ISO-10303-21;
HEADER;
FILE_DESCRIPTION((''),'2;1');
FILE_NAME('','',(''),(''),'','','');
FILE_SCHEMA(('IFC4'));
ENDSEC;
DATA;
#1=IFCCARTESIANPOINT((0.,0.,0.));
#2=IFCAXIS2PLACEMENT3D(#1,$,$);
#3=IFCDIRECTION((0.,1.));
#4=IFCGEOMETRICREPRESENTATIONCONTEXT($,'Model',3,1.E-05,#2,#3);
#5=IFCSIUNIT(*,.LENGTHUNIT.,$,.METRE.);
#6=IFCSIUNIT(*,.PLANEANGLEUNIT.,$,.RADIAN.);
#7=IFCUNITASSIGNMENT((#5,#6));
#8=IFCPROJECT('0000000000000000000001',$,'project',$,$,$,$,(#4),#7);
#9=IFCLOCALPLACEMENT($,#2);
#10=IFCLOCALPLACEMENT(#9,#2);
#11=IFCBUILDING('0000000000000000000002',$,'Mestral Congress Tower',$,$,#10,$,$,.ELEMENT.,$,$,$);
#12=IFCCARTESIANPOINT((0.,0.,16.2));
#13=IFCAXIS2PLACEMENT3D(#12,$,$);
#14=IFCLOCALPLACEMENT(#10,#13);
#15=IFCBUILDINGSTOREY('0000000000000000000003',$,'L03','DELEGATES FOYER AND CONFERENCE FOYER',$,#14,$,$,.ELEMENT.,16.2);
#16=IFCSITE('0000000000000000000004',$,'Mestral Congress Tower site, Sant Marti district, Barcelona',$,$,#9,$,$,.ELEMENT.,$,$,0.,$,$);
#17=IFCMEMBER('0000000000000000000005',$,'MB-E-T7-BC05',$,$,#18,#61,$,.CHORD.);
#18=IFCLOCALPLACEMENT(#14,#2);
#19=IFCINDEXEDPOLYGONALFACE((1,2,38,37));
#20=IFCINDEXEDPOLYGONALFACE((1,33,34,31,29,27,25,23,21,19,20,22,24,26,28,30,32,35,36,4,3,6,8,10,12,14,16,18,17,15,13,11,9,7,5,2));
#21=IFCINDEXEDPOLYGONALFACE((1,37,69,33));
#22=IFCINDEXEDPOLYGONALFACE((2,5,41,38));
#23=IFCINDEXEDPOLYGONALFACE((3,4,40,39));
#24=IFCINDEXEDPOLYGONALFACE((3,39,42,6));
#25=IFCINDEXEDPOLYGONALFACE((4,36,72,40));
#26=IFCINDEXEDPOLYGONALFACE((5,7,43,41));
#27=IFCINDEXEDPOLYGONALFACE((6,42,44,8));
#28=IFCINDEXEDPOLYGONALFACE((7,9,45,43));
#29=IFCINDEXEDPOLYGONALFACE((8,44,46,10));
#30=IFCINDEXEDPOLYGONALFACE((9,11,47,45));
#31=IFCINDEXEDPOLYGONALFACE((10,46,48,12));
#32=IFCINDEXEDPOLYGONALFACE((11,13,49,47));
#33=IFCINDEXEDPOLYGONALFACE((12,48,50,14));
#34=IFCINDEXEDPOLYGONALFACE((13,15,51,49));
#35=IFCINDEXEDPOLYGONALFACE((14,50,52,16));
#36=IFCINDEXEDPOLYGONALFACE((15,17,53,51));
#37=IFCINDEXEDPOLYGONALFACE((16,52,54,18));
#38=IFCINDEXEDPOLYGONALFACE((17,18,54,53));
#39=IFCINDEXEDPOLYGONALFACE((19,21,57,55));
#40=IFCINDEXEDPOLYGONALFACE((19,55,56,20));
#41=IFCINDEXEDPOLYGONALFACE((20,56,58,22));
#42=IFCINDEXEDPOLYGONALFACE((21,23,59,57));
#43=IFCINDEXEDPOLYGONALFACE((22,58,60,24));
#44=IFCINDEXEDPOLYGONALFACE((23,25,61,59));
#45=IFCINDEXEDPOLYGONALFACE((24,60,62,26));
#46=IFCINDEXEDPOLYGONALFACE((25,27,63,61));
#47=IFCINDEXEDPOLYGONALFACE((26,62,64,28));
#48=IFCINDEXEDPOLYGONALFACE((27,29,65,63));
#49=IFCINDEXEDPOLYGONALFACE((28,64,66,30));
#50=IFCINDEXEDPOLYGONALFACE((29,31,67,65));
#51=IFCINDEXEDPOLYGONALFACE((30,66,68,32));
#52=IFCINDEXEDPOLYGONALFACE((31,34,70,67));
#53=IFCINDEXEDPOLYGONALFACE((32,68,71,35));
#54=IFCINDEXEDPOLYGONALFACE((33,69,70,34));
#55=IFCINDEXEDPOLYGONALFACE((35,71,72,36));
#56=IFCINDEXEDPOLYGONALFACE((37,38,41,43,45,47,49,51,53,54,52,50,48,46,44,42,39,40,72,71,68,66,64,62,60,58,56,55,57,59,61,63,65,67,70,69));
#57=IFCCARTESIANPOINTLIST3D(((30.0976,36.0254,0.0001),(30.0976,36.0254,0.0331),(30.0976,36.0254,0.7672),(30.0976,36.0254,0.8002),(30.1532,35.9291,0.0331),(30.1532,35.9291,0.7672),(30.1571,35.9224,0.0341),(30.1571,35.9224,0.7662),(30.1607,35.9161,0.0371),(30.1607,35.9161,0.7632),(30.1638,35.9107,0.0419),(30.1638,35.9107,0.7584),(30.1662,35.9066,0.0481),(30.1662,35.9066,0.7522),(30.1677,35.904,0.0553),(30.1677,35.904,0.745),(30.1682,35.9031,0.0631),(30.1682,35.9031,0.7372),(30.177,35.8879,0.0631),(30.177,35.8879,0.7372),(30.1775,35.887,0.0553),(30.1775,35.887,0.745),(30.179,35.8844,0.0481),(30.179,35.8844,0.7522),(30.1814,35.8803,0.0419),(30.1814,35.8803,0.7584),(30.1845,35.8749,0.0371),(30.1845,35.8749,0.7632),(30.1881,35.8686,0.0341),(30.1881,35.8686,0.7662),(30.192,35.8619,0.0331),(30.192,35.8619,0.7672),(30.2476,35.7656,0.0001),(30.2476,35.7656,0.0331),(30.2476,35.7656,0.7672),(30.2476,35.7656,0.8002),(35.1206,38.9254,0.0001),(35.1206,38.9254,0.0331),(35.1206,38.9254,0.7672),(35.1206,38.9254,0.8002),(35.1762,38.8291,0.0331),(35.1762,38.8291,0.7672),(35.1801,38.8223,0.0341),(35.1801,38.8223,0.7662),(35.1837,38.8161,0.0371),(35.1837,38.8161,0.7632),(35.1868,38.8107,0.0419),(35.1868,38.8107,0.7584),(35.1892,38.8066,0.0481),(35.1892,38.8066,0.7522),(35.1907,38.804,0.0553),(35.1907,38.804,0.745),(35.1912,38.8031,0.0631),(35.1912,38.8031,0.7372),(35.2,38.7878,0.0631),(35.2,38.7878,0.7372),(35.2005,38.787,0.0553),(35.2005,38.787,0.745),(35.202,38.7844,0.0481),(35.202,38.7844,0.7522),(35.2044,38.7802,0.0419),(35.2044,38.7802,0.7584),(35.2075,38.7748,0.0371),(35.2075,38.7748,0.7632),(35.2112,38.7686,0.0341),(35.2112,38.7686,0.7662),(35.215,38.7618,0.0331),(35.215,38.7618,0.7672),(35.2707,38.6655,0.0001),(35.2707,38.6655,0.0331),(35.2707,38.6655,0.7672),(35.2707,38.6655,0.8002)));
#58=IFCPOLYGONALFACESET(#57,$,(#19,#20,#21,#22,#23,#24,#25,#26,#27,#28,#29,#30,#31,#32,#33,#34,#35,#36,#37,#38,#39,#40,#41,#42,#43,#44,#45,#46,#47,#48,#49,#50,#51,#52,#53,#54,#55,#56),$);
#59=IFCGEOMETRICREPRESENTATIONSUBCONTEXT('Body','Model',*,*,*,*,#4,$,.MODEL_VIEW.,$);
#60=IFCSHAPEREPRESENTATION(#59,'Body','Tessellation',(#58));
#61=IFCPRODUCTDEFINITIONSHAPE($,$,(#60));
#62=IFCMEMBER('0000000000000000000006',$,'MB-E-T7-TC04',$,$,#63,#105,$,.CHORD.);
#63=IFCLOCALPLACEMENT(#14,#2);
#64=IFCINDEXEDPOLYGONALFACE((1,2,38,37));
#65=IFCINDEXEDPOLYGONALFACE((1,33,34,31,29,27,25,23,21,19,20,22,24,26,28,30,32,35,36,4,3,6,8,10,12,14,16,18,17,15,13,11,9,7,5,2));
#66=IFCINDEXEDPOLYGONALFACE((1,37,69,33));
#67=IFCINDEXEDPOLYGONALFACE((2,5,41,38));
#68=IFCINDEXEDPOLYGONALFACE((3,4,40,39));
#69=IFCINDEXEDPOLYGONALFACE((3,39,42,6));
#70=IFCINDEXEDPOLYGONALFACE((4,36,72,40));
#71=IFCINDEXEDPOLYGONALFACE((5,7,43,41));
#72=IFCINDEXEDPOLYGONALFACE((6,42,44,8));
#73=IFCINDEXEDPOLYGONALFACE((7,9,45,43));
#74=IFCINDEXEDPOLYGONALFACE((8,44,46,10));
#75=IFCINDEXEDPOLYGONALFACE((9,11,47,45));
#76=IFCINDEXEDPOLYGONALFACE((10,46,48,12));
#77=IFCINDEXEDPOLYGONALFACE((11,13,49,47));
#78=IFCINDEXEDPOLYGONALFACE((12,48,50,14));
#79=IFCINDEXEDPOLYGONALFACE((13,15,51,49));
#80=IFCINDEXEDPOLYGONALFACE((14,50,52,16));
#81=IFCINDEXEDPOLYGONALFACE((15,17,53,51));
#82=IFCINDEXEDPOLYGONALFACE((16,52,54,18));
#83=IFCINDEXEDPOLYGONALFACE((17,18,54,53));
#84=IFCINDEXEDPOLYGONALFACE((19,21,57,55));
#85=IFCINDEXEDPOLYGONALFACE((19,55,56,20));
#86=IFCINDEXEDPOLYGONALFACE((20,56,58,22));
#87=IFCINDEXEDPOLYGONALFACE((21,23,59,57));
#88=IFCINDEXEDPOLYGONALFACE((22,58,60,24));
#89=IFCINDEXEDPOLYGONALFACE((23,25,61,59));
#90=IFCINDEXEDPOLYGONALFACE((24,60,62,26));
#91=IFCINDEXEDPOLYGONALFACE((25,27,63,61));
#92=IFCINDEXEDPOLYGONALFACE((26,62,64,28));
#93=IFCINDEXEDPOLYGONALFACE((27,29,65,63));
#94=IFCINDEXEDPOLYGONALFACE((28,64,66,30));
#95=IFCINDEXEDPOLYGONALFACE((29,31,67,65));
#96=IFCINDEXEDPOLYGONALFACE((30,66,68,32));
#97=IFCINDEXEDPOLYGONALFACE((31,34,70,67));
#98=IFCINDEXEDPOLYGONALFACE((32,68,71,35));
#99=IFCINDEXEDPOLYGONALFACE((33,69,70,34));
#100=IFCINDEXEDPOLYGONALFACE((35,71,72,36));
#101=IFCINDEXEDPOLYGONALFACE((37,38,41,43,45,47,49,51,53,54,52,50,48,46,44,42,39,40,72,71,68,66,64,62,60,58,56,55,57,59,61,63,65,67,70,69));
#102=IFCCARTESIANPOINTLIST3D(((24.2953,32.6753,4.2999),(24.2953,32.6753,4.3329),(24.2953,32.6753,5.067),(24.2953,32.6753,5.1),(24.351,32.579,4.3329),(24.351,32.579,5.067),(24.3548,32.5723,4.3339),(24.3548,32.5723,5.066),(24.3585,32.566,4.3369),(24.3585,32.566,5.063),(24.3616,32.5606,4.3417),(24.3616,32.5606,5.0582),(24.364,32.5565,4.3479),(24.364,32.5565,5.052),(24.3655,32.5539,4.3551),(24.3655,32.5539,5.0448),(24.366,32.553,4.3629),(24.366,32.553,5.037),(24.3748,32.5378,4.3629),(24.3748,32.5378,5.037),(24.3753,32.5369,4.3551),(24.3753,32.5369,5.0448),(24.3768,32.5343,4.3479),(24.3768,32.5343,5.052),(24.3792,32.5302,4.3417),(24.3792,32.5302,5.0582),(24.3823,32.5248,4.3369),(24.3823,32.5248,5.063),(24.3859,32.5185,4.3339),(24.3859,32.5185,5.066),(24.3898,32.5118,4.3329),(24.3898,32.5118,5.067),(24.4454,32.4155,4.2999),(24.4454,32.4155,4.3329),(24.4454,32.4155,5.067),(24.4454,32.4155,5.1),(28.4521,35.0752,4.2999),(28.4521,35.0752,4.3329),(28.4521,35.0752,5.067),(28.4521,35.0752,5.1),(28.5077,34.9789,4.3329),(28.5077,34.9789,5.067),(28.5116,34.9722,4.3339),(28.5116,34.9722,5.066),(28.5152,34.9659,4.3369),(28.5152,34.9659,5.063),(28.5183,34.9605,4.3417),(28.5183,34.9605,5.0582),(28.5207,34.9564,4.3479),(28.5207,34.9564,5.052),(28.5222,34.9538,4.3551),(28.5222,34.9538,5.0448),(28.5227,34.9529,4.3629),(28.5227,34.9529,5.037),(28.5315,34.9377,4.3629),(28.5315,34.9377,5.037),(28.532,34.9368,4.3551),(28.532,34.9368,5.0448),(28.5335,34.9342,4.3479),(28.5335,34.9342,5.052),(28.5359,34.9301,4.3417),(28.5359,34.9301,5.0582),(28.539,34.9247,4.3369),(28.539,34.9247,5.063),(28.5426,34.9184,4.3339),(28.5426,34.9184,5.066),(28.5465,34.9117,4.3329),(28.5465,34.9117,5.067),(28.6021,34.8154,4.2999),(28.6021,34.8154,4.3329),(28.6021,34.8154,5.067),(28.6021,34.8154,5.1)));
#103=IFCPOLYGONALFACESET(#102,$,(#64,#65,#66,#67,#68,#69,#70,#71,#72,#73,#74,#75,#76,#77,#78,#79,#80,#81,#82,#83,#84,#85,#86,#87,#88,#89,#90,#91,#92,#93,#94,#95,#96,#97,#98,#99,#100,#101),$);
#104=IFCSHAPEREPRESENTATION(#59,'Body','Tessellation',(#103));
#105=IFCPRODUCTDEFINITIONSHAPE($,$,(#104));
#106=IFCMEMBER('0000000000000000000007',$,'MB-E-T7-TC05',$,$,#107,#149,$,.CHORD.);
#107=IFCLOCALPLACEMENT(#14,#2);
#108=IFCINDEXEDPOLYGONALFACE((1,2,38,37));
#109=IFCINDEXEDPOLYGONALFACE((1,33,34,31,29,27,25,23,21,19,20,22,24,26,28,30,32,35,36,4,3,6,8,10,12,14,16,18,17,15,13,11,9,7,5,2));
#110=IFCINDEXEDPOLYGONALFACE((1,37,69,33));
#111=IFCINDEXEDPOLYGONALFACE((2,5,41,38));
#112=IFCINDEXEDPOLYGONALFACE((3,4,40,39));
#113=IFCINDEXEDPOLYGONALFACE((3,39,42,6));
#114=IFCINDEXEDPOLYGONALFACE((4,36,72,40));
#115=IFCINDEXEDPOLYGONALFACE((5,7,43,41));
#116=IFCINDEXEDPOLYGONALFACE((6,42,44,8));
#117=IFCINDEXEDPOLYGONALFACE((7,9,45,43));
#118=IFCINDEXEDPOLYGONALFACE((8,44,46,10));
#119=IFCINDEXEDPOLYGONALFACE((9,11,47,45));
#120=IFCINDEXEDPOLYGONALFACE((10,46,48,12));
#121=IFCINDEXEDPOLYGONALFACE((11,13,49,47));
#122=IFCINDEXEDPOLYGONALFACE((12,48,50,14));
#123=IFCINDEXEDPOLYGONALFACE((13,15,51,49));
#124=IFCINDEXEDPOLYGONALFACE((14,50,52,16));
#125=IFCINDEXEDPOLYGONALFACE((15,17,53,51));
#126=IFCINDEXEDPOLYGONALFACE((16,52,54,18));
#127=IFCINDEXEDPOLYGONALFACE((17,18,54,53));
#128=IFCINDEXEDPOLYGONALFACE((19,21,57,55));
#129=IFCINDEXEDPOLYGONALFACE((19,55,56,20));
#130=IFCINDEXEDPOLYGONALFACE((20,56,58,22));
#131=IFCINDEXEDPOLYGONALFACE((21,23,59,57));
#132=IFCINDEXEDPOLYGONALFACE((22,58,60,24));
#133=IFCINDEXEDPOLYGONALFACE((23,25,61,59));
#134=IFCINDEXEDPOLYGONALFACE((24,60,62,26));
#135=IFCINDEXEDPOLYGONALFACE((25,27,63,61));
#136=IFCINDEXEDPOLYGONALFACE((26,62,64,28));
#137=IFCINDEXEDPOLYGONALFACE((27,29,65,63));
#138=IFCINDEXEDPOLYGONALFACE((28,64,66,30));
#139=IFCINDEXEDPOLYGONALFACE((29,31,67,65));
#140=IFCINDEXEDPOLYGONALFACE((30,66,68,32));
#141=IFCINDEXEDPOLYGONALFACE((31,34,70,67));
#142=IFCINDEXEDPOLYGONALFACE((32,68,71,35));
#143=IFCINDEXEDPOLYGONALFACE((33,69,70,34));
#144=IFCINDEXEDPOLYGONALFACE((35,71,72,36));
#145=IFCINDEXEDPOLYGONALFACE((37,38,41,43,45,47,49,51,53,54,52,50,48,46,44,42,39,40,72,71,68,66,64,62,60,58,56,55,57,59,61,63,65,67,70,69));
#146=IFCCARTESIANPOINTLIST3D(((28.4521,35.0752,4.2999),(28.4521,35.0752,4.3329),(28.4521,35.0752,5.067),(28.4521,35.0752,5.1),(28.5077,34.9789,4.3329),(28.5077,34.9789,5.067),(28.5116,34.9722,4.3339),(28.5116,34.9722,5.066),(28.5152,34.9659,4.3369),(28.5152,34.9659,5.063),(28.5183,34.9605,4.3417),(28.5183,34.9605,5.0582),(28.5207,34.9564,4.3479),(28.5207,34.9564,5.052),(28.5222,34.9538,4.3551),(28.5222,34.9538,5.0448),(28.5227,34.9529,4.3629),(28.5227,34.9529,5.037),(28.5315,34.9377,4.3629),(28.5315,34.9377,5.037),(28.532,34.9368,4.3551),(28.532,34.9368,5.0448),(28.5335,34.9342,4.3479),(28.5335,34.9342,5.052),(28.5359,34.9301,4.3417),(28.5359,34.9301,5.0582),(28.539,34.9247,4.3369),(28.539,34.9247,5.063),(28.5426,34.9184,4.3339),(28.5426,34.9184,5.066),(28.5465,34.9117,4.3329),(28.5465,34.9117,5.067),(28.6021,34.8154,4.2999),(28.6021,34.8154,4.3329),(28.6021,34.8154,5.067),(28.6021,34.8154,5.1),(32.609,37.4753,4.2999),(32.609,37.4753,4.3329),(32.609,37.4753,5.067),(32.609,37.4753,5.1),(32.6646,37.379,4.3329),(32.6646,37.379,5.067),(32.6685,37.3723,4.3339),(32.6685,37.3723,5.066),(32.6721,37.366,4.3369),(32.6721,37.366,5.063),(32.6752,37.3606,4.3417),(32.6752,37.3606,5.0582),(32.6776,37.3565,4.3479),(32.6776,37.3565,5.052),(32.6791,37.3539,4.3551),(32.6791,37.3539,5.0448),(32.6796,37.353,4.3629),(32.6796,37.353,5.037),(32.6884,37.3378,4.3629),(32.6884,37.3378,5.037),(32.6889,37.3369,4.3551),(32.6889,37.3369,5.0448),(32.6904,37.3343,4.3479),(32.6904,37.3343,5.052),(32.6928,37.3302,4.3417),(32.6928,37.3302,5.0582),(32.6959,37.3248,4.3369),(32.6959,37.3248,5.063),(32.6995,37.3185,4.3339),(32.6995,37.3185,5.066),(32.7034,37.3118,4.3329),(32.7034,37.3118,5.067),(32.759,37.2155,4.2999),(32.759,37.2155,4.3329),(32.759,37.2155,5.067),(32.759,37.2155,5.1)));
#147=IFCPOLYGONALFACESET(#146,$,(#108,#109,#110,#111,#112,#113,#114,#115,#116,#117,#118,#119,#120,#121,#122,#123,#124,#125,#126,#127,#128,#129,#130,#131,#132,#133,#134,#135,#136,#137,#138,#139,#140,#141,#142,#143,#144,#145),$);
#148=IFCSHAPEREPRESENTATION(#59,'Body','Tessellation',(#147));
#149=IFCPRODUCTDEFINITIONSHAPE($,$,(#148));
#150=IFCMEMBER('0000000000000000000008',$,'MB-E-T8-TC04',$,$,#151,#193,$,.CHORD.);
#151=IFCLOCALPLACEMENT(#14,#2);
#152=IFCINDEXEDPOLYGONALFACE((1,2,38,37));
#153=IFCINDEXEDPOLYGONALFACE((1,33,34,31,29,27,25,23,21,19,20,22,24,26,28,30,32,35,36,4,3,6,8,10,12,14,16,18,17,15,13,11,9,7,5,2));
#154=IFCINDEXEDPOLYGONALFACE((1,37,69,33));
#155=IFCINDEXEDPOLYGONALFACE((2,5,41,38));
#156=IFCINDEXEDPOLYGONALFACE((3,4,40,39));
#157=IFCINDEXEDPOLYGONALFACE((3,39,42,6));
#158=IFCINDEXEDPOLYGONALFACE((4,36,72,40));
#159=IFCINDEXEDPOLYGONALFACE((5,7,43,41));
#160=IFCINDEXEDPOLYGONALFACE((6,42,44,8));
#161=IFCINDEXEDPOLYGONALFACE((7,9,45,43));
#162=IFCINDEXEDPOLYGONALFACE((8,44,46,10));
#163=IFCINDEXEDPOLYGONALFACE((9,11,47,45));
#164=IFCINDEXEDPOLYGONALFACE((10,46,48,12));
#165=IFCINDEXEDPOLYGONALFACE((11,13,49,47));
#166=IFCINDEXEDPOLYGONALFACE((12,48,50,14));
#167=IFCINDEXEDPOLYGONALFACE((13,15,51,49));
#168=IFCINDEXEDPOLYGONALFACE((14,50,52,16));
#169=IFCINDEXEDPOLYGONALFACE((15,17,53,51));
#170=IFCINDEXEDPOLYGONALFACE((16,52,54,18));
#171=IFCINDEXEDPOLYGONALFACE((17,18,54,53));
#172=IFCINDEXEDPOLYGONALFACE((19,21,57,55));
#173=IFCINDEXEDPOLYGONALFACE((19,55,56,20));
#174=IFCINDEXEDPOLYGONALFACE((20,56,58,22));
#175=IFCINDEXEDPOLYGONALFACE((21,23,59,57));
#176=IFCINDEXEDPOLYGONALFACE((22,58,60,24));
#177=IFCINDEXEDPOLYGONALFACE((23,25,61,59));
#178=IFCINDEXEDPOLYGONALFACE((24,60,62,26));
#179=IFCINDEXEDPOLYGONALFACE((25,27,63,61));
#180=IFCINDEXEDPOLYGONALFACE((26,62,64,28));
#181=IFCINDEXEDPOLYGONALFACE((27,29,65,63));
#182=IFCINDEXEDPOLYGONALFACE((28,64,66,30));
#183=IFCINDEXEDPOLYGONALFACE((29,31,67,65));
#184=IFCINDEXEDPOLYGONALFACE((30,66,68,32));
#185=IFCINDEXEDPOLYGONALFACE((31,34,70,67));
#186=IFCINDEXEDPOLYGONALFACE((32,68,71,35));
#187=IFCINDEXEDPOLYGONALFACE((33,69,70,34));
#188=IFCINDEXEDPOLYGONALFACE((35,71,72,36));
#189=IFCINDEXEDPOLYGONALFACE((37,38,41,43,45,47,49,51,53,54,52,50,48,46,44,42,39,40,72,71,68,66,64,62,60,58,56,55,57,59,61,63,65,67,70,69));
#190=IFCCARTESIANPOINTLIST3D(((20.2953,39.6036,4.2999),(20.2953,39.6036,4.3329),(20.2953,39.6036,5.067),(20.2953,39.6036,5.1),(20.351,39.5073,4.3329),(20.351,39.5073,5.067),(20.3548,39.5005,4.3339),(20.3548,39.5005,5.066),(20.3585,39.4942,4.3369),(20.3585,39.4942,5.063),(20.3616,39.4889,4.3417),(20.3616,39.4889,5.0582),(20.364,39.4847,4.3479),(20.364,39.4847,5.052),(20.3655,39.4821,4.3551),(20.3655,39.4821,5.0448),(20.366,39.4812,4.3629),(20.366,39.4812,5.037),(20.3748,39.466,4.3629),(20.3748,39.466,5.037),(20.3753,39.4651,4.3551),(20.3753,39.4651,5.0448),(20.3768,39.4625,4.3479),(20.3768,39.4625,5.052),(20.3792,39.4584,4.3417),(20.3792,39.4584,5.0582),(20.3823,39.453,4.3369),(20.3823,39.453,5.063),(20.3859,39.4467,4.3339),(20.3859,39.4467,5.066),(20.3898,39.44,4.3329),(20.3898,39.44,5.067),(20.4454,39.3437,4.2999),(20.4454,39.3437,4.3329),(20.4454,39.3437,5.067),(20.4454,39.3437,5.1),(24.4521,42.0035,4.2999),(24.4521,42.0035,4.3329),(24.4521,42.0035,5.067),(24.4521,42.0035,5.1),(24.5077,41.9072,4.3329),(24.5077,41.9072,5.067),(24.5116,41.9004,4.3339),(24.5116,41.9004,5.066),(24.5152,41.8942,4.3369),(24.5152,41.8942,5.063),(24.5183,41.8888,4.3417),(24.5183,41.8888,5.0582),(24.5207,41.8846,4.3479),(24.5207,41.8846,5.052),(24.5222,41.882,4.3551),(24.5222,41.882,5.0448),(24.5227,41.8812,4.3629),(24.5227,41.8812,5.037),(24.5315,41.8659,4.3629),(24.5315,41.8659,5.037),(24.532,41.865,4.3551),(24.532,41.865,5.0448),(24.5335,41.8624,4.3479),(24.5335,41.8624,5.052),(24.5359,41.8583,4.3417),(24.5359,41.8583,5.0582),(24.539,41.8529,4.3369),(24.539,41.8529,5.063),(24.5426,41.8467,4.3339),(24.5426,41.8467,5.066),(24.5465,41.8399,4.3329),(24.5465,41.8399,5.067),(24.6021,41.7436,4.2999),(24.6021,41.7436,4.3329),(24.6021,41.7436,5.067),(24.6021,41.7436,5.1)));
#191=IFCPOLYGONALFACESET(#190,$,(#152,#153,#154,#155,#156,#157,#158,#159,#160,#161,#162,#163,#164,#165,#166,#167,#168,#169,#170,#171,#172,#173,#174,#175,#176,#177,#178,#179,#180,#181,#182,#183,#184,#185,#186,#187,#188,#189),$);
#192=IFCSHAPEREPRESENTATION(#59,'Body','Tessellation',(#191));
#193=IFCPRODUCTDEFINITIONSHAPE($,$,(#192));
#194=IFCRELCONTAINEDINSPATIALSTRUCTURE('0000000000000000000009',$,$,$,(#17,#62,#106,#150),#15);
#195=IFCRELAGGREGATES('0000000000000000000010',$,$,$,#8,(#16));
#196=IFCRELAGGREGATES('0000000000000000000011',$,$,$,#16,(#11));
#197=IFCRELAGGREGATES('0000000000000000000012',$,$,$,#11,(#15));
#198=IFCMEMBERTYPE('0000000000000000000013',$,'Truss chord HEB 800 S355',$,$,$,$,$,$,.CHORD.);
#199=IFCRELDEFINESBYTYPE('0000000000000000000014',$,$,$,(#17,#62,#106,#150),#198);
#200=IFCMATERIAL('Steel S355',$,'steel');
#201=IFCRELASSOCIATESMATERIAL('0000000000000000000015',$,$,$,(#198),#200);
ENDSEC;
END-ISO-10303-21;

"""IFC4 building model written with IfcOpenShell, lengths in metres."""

from ifc_helpers import new_model, si_unit, direction, frame, origin, origin_2d, place, context, subcontext, project, spatial, i_section, extrude, material, material_profile, profile_set, type_object, element, save


model = new_model("IFC4")

# Units and contexts
model_context = context("Model", 3, precision=1e-05, world=origin(), true_north=direction((0.0, 1.0)))
body_context = subcontext(model_context, "Body", "Model", "MODEL_VIEW")
ifc_project = project(units=[si_unit("LENGTHUNIT", "METRE"), si_unit("PLANEANGLEUNIT", "RADIAN")], contexts=[model_context])

# Site, building, storey
site_placement = place(None, origin())
site = spatial("IfcSite", under=ifc_project, at=site_placement, Name="Mestral Congress Tower site, Sant Marti district, Barcelona", CompositionType="ELEMENT", RefElevation=0.0)
building_placement = place(site_placement, origin())
building = spatial("IfcBuilding", under=site, at=building_placement, Name="Mestral Congress Tower", CompositionType="ELEMENT")
storey_placement = place(building_placement, frame((0.0, 0.0, 16.2)))
storey = spatial("IfcBuildingStorey", under=building, at=storey_placement, Name="L03", Description="DELEGATES FOYER AND CONFERENCE FOYER", CompositionType="ELEMENT", Elevation=16.2)

# Members
ifc_material = material(Name="Steel S355", Category="steel")
ifc_material_profile_1 = material_profile(ifc_material, i_section(OverallWidth=0.3, OverallDepth=0.8, WebThickness=0.0176, FlangeThickness=0.033, FilletRadius=0.03, at=origin_2d()), Name="HEB 800")
ifc_profile_set_1 = profile_set([ifc_material_profile_1], Name="Steel S355")
member_type_1 = type_object("IfcMemberType", Name="Truss chord HEB 800 S355", PredefinedType="CHORD", material=ifc_profile_set_1)
member_1_placement = place(storey_placement, frame((30.1726, 35.8955, 0.4001), z_axis=(0.866033, 0.499987, 0.0), x_axis=(-0.499987, 0.866033, 0.0)))
element("IfcMember", 1, at=member_1_placement, inside=storey, type_object=member_type_1, Name="MB-E-T7-BC05", PredefinedType="CHORD", context=body_context, shape_type="SweptSolid", body=[
    extrude(i_section(OverallWidth=0.3, OverallDepth=0.8, WebThickness=0.0176, FlangeThickness=0.033, FilletRadius=0.03, at=origin_2d()), origin(), (0.0, 0.0, 1.0), 5.8),
])
member_2_placement = place(storey_placement, frame((24.3704, 32.5454, 4.7), z_axis=(0.866025, 0.500001, 0.0), x_axis=(-0.500001, 0.866025, 0.0)))
element("IfcMember", 2, at=member_2_placement, inside=storey, type_object=member_type_1, Name="MB-E-T7-TC04", PredefinedType="CHORD", context=body_context, shape_type="SweptSolid", body=[
    extrude(i_section(OverallWidth=0.3, OverallDepth=0.8, WebThickness=0.0176, FlangeThickness=0.033, FilletRadius=0.03, at=origin_2d()), origin(), (0.0, 0.0, 1.0), 4.7998),
])
member_3_placement = place(storey_placement, frame((28.5271, 34.9453, 4.7), z_axis=(0.866015, 0.500017, 0.0), x_axis=(-0.500017, 0.866015, 0.0)))
element("IfcMember", 3, at=member_3_placement, inside=storey, type_object=member_type_1, Name="MB-E-T7-TC05", PredefinedType="CHORD", context=body_context, shape_type="SweptSolid", body=[
    extrude(i_section(OverallWidth=0.3, OverallDepth=0.8, WebThickness=0.0176, FlangeThickness=0.033, FilletRadius=0.03, at=origin_2d()), origin(), (0.0, 0.0, 1.0), 4.8),
])
member_4_placement = place(storey_placement, frame((20.3704, 39.4736, 4.7), z_axis=(0.866025, 0.500001, 0.0), x_axis=(-0.500001, 0.866025, 0.0)))
element("IfcMember", 4, at=member_4_placement, inside=storey, type_object=member_type_1, Name="MB-E-T8-TC04", PredefinedType="CHORD", context=body_context, shape_type="SweptSolid", body=[
    extrude(i_section(OverallWidth=0.3, OverallDepth=0.8, WebThickness=0.0176, FlangeThickness=0.033, FilletRadius=0.03, at=origin_2d()), origin(), (0.0, 0.0, 1.0), 4.7998),
])

save(model, "model.ifc")
